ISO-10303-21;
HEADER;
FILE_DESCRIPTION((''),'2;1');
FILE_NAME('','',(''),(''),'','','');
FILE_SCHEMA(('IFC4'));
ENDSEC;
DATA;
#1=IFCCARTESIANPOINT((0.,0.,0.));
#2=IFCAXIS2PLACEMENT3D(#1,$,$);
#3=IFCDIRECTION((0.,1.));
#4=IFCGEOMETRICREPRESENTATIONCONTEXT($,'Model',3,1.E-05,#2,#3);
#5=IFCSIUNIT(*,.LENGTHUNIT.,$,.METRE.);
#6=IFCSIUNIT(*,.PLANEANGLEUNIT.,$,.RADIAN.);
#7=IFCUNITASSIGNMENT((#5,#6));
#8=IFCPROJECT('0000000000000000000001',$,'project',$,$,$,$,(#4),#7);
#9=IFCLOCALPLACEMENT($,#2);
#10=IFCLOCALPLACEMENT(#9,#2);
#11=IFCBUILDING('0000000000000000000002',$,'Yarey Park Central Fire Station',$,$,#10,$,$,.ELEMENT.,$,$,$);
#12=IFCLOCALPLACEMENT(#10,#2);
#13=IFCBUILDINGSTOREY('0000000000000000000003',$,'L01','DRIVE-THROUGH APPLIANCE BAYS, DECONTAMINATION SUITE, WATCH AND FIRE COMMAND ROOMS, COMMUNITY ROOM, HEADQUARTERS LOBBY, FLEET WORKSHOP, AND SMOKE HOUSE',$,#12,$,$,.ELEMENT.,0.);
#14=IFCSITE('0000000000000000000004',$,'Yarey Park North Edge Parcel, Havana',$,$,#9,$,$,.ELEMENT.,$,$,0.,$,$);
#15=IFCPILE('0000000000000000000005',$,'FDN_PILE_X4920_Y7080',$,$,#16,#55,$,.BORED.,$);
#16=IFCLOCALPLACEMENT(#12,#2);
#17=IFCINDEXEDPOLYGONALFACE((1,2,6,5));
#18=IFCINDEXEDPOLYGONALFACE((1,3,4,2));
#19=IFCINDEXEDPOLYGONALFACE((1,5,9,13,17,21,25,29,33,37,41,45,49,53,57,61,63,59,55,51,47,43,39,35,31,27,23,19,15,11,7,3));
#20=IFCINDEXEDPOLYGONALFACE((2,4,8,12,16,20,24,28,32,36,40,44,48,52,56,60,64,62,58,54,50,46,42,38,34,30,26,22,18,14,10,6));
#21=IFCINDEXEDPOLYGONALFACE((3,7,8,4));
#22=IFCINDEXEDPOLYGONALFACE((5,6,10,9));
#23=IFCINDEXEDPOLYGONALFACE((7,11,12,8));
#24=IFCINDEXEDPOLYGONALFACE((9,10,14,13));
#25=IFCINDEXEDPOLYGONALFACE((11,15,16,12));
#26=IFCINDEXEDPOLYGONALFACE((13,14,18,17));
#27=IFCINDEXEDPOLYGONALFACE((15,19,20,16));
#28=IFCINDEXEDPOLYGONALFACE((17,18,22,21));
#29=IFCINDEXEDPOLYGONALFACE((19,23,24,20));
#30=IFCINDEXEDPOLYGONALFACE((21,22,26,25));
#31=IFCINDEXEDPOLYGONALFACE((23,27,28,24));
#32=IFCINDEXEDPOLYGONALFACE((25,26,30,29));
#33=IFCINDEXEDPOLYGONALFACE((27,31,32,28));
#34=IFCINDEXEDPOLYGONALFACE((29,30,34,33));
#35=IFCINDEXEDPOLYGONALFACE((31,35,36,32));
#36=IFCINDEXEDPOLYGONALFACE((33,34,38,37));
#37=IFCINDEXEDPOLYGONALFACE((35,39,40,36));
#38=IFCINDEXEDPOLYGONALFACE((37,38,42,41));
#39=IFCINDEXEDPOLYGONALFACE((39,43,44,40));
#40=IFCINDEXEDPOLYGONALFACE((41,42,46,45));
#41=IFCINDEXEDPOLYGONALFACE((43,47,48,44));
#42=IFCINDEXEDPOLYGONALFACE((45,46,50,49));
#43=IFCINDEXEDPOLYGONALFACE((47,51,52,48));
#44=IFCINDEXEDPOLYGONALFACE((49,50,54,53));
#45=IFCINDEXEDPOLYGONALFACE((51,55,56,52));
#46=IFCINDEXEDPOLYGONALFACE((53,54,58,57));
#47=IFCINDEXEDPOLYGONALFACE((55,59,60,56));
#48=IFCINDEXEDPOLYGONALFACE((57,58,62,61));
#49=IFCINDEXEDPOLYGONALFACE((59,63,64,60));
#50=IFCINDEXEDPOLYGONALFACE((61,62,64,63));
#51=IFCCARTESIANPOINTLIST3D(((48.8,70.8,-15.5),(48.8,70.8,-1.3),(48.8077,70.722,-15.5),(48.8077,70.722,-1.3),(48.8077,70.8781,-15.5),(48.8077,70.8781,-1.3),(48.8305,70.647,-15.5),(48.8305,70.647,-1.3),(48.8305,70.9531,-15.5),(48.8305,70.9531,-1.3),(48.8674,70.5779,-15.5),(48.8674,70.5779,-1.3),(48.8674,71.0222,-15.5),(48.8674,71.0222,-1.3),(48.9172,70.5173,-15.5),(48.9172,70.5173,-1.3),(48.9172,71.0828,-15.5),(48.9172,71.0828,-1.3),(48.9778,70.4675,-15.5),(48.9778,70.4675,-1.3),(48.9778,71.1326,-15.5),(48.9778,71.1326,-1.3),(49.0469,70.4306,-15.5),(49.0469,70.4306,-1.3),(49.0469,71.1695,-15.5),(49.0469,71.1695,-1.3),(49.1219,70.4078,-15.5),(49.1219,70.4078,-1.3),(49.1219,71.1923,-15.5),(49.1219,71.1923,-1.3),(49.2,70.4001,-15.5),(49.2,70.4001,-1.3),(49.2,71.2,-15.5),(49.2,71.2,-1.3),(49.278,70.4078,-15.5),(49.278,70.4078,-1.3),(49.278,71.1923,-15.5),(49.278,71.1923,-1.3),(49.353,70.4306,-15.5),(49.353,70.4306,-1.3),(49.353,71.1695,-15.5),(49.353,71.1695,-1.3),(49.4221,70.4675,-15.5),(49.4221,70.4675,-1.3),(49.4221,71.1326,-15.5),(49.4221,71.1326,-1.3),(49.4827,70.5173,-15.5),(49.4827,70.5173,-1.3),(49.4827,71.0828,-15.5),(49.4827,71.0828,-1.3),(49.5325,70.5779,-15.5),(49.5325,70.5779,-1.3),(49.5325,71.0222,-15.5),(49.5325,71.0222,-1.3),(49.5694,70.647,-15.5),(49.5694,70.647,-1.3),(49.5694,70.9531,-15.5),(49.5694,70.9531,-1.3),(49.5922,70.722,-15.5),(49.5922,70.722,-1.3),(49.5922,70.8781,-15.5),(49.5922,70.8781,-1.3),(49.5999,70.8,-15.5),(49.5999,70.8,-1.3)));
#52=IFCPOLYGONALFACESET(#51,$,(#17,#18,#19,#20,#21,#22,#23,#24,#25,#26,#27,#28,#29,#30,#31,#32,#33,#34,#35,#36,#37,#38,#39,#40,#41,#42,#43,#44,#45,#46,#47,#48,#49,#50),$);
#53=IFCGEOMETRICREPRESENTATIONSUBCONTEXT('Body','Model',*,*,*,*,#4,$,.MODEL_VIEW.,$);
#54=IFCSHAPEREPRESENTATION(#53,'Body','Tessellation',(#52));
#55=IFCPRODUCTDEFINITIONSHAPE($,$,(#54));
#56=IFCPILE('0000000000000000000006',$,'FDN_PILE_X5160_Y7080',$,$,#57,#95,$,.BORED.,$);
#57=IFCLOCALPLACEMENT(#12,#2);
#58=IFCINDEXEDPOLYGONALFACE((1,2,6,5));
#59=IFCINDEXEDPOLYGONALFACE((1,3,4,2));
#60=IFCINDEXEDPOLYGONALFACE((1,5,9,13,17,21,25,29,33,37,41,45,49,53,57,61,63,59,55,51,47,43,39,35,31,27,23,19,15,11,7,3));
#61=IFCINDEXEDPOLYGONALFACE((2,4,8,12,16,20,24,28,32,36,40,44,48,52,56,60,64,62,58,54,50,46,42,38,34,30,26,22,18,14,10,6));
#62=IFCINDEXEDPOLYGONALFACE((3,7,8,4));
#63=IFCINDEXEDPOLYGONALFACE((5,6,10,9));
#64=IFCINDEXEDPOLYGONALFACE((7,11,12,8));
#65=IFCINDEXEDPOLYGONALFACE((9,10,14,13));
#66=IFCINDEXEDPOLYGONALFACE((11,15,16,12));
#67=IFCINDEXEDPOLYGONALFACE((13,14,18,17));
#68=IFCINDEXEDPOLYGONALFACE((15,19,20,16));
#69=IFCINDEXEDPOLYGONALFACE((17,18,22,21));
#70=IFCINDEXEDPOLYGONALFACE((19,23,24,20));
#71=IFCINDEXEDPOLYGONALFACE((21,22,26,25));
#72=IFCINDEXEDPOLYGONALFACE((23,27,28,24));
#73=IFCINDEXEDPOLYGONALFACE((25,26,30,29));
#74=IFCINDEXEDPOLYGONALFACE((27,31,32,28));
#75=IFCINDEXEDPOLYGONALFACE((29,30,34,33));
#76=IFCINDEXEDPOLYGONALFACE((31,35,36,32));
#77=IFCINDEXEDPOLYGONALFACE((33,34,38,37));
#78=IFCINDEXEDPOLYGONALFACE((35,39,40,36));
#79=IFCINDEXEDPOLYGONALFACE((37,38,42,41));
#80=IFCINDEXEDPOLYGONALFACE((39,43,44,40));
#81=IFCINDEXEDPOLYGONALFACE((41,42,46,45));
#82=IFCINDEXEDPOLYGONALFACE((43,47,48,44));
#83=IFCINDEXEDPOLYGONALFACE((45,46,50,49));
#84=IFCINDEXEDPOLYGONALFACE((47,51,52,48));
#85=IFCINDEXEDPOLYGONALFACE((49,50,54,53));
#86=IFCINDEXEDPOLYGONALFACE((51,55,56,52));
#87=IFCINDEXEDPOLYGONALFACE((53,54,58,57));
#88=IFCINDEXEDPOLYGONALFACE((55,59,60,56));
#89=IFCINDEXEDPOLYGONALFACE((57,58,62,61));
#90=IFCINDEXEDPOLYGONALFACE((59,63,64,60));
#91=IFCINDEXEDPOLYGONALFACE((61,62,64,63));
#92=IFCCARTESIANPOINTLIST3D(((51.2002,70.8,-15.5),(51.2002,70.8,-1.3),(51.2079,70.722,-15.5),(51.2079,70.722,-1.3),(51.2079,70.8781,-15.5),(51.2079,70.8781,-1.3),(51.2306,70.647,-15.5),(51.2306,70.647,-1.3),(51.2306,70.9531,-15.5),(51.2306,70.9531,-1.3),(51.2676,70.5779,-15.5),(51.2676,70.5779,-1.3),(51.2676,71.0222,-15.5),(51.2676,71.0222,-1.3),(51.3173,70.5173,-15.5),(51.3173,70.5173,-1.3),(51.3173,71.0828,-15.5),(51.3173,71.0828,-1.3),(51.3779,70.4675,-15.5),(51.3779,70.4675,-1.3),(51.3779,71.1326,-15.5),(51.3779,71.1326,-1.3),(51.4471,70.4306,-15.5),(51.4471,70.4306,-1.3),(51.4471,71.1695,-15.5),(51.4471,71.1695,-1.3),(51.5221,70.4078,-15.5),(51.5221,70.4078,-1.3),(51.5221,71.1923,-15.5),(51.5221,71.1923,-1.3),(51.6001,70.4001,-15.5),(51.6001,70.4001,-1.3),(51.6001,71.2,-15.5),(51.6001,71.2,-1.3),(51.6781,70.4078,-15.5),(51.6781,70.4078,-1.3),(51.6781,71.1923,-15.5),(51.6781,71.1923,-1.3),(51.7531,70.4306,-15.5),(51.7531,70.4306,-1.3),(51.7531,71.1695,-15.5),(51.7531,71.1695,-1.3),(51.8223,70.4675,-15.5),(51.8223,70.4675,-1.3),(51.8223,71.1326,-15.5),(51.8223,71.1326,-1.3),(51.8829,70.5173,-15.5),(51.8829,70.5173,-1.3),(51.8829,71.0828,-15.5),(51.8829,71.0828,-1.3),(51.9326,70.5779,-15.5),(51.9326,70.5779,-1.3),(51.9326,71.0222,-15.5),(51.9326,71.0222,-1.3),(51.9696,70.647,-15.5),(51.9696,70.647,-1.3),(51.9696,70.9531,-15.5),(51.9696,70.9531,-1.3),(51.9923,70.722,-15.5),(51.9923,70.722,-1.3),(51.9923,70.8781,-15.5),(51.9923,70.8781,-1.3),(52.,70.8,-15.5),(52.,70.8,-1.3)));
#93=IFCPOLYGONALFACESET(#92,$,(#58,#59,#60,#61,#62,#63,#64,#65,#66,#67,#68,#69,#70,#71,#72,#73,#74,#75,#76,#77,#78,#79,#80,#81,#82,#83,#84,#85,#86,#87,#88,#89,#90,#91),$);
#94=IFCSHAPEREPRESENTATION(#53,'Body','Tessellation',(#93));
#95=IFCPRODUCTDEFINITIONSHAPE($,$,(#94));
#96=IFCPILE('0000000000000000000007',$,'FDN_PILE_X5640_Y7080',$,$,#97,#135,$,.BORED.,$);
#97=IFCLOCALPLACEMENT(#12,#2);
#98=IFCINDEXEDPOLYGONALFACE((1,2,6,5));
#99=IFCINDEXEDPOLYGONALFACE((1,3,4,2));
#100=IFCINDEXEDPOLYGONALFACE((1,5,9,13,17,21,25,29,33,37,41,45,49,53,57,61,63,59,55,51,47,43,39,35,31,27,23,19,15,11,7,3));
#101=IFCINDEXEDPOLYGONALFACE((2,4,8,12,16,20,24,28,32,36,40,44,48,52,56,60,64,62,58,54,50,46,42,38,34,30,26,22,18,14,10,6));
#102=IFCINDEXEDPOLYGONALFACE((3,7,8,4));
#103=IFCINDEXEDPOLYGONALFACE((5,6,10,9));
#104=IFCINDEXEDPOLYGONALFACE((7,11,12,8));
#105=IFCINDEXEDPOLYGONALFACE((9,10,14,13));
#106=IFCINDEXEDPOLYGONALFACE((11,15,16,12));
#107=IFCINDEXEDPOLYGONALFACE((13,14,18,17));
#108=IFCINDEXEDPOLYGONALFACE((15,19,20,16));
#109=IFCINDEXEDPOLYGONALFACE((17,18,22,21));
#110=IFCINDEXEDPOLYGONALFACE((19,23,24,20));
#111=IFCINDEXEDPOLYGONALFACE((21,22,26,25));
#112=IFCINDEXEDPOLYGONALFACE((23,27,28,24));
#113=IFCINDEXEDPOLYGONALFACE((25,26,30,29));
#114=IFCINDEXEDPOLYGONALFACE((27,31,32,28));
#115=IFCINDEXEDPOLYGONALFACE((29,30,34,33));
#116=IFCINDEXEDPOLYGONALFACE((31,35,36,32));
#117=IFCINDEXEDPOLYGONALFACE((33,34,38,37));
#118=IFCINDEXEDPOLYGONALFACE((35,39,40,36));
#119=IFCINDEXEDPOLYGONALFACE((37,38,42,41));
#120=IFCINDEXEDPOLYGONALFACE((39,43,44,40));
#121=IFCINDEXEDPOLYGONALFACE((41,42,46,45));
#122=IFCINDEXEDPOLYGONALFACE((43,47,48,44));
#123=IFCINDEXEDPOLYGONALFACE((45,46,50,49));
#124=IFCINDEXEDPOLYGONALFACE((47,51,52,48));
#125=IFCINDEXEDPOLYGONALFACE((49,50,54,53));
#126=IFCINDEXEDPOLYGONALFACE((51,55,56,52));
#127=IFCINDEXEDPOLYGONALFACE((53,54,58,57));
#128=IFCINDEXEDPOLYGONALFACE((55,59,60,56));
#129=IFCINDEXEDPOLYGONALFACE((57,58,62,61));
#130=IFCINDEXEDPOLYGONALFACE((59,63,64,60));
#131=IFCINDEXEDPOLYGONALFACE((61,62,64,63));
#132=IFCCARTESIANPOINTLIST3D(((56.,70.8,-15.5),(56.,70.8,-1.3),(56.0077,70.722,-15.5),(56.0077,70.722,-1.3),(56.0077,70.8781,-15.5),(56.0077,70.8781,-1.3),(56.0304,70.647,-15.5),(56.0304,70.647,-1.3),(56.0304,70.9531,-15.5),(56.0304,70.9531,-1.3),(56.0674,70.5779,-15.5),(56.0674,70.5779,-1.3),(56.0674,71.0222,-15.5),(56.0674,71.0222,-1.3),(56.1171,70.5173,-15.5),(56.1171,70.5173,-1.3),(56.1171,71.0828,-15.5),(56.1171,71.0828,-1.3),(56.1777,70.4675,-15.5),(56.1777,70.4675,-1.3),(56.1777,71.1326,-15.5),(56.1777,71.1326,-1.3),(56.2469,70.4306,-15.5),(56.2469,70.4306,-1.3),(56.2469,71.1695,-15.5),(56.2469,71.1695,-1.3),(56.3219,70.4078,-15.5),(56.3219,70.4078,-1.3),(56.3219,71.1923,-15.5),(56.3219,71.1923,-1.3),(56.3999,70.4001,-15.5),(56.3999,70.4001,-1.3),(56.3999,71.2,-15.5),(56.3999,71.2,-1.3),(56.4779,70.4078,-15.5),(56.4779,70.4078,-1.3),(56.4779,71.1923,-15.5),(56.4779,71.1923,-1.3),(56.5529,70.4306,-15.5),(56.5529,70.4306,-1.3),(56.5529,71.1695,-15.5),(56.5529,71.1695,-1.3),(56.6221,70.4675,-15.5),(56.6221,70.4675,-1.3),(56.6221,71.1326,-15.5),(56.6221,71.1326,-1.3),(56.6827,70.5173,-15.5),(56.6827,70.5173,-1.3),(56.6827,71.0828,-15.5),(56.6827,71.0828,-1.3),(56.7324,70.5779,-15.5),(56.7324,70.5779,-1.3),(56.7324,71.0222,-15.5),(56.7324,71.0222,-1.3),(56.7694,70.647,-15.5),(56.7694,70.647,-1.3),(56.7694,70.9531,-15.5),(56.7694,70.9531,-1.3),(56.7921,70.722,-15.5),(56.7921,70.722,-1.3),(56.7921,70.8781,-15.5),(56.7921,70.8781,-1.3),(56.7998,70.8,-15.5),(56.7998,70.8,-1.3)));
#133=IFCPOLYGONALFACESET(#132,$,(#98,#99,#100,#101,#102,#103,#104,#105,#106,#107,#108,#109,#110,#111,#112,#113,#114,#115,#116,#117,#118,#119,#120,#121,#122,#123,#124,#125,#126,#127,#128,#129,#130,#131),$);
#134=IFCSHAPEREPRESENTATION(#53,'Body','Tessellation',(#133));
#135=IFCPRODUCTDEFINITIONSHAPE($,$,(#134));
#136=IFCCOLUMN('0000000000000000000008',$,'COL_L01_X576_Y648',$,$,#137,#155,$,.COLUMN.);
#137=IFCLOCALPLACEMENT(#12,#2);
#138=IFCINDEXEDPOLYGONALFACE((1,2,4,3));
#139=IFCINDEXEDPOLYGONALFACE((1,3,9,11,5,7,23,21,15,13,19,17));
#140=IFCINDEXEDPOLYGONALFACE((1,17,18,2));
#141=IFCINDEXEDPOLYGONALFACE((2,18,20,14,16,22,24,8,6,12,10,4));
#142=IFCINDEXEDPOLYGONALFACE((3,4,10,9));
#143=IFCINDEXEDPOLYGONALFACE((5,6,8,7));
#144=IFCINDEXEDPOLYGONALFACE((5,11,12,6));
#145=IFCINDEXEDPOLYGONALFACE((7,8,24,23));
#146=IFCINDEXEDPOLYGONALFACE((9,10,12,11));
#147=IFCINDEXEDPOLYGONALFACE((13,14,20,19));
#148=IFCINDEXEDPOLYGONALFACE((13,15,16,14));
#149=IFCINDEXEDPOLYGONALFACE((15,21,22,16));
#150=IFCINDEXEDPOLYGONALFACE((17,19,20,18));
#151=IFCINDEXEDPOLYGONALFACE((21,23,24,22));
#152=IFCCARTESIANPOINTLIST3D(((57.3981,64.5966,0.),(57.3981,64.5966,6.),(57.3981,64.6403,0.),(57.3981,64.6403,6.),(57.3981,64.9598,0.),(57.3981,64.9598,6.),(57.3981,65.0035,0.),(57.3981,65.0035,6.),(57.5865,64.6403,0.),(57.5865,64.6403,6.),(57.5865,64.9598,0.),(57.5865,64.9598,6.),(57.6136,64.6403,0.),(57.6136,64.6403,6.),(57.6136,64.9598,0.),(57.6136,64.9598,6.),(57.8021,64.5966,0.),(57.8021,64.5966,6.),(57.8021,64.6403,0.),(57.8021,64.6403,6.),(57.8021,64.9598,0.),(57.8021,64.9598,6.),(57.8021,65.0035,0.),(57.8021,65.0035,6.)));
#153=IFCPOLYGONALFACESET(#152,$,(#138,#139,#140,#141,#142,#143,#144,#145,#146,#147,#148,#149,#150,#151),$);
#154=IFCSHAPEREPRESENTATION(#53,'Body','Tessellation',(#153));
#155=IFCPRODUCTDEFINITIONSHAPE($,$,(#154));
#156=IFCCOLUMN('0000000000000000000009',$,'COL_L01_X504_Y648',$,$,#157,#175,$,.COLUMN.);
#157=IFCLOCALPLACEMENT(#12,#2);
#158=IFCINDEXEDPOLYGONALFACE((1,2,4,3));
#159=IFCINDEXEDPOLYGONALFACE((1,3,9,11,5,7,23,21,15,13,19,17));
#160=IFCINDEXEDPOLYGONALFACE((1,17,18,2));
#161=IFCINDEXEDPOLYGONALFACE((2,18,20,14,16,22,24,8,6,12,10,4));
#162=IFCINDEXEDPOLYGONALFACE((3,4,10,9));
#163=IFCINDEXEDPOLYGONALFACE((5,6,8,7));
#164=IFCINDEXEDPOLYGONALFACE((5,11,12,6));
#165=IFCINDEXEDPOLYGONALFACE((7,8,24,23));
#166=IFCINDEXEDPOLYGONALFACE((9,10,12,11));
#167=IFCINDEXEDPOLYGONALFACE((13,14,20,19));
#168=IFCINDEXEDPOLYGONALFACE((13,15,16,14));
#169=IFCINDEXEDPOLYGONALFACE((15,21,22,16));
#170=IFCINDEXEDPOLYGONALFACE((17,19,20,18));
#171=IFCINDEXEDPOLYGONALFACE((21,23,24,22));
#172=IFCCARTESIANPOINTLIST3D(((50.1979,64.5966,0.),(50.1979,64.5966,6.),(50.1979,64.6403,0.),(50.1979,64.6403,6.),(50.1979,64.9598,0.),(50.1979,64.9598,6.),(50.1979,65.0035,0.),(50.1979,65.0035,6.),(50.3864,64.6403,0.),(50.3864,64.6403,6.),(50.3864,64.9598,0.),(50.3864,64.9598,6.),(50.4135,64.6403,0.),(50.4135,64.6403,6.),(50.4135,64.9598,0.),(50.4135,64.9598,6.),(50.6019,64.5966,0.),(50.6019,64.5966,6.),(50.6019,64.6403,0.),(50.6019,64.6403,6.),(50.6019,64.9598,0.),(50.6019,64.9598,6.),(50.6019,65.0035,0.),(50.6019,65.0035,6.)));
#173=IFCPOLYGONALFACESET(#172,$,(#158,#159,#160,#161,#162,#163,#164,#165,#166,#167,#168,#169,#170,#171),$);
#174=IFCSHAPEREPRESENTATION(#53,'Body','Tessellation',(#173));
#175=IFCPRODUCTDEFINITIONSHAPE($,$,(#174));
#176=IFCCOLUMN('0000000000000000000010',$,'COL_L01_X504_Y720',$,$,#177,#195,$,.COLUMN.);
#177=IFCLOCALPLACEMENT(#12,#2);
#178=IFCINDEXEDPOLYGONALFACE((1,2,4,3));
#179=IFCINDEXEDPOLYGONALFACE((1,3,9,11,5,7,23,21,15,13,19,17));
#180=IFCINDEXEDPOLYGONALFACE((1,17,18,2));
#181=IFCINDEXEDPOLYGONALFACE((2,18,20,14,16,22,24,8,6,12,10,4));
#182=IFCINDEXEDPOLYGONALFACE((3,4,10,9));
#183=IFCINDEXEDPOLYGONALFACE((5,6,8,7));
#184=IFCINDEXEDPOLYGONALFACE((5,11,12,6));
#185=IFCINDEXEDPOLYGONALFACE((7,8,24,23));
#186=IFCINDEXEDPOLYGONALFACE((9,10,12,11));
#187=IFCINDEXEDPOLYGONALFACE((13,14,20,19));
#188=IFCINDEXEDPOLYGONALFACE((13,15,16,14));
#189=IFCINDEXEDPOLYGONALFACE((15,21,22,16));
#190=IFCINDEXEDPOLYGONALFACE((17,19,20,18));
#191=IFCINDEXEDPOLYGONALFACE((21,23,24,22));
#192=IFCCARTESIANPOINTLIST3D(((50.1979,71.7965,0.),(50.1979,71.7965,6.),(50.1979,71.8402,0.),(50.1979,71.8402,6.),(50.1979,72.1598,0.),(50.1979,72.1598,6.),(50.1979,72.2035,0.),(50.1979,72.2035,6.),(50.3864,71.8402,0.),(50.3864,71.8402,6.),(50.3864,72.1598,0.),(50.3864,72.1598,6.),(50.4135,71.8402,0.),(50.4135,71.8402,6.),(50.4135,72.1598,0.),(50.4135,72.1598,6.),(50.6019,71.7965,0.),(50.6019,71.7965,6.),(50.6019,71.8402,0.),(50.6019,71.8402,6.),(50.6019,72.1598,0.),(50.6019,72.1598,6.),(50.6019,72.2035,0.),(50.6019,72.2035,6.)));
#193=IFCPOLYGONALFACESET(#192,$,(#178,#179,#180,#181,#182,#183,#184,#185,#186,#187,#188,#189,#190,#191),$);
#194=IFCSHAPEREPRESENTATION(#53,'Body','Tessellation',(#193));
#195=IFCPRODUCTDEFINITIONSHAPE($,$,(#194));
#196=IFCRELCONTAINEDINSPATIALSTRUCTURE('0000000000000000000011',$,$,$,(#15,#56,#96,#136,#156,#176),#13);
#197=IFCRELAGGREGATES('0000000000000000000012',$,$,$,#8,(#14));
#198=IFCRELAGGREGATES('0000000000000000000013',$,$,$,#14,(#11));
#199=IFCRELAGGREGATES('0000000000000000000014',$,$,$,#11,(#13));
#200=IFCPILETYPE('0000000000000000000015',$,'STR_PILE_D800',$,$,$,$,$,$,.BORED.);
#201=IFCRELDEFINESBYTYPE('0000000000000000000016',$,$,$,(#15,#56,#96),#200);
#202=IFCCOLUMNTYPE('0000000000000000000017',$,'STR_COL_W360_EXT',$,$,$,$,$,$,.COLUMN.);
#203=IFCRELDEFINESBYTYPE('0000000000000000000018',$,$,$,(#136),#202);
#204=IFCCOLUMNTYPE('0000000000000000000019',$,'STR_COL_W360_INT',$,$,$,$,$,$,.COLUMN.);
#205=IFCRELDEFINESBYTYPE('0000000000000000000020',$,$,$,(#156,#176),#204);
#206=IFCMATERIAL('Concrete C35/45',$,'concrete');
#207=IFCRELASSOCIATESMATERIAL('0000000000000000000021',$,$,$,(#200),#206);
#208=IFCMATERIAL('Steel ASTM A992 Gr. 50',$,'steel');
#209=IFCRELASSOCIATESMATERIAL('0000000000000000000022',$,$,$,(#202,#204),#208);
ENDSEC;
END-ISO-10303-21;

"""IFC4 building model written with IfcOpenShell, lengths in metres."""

from ifc_helpers import new_model, si_unit, direction, frame, origin, origin_2d, place, context, subcontext, project, spatial, circle, i_section, extrude, material, material_profile, profile_set, type_object, element, save


model = new_model("IFC4")

# Units and contexts
model_context = context("Model", 3, precision=1e-05, world=origin(), true_north=direction((0.0, 1.0)))
body_context = subcontext(model_context, "Body", "Model", "MODEL_VIEW")
ifc_project = project(units=[si_unit("LENGTHUNIT", "METRE"), si_unit("PLANEANGLEUNIT", "RADIAN")], contexts=[model_context])

# Site, building, storey
site_placement = place(None, origin())
site = spatial("IfcSite", under=ifc_project, at=site_placement, Name="Yarey Park North Edge Parcel, Havana", CompositionType="ELEMENT", RefElevation=0.0)
building_placement = place(site_placement, origin())
building = spatial("IfcBuilding", under=site, at=building_placement, Name="Yarey Park Central Fire Station", CompositionType="ELEMENT")
storey_placement = place(building_placement, origin())
storey = spatial("IfcBuildingStorey", under=building, at=storey_placement, Name="L01", Description="DRIVE-THROUGH APPLIANCE BAYS, DECONTAMINATION SUITE, WATCH AND FIRE COMMAND ROOMS, COMMUNITY ROOM, HEADQUARTERS LOBBY, FLEET WORKSHOP, AND SMOKE HOUSE", CompositionType="ELEMENT", Elevation=0.0)

# Shared definitions
ifc_material_1 = material(Name="Concrete C35/45", Category="concrete")

# Piles
ifc_material_profile_1 = material_profile(ifc_material_1, circle(Radius=0.3999, at=origin_2d()), Name="BORED PILE D800")
ifc_profile_set_1 = profile_set([ifc_material_profile_1], Name="Concrete C35/45")
pile_type_1 = type_object("IfcPileType", Name="STR_PILE_D800", PredefinedType="BORED", material=ifc_profile_set_1)
for number, where, z_axis, x_axis, name in (
    (1, (49.2, 70.8, -1.3), (0.0, 0.0, -1.0), (1.0, 0.0, 0.0), "FDN_PILE_X4920_Y7080"),
    (2, (51.6001, 70.8, -1.3), (0.0, 0.0, -1.0), (1.0, 0.0, 0.0), "FDN_PILE_X5160_Y7080"),
    (3, (56.3999, 70.8, -1.3), (0.0, 0.0, -1.0), (1.0, 0.0, 0.0), "FDN_PILE_X5640_Y7080"),
):
    element("IfcPile", number, at=place(storey_placement, frame(where, z_axis=z_axis, x_axis=x_axis)), inside=storey, type_object=pile_type_1, Name=name, PredefinedType="BORED", context=body_context, shape_type="SweptSolid", body=[
        extrude(circle(Radius=0.3999, at=origin_2d()), origin(), (0.0, 0.0, 1.0), 14.2),
    ])

# Columns
ifc_material_2 = material(Name="Steel ASTM A992 Gr. 50", Category="steel")
ifc_material_profile_2 = material_profile(ifc_material_2, i_section(OverallWidth=0.4041, OverallDepth=0.407, WebThickness=0.0271, FlangeThickness=0.0437, at=origin_2d()), Name="W360x347")
ifc_profile_set_2 = profile_set([ifc_material_profile_2], Name="Steel ASTM A992 Gr. 50")
column_type_1 = type_object("IfcColumnType", Name="STR_COL_W360_EXT", PredefinedType="COLUMN", material=ifc_profile_set_2)
column_placement = place(storey_placement, frame((57.6001, 64.8, 0.0), z_axis=(0.0, 0.0, 1.0), x_axis=(1.0, 0.0, 0.0)))
element("IfcColumn", 4, at=column_placement, inside=storey, type_object=column_type_1, Name="COL_L01_X576_Y648", PredefinedType="COLUMN", context=body_context, shape_type="SweptSolid", body=[
    extrude(i_section(OverallWidth=0.4041, OverallDepth=0.407, WebThickness=0.0271, FlangeThickness=0.0437, at=origin_2d()), origin(), (0.0, 0.0, 1.0), 6.0),
])
ifc_material_profile_3 = material_profile(ifc_material_2, i_section(OverallWidth=0.4041, OverallDepth=0.407, WebThickness=0.0271, FlangeThickness=0.0437, at=origin_2d()), Name="W360x347")
ifc_profile_set_3 = profile_set([ifc_material_profile_3], Name="Steel ASTM A992 Gr. 50")
column_type_2 = type_object("IfcColumnType", Name="STR_COL_W360_INT", PredefinedType="COLUMN", material=ifc_profile_set_3)
for number, where, z_axis, x_axis, name in (
    (5, (50.3999, 64.8, 0.0), (0.0, 0.0, 1.0), (1.0, 0.0, 0.0), "COL_L01_X504_Y648"),
    (6, (50.3999, 72.0, 0.0), (0.0, 0.0, 1.0), (1.0, 0.0, 0.0), "COL_L01_X504_Y720"),
):
    element("IfcColumn", number, at=place(storey_placement, frame(where, z_axis=z_axis, x_axis=x_axis)), inside=storey, type_object=column_type_2, Name=name, PredefinedType="COLUMN", context=body_context, shape_type="SweptSolid", body=[
        extrude(i_section(OverallWidth=0.4041, OverallDepth=0.407, WebThickness=0.0271, FlangeThickness=0.0437, at=origin_2d()), origin(), (0.0, 0.0, 1.0), 6.0),
    ])

save(model, "model.ifc")
